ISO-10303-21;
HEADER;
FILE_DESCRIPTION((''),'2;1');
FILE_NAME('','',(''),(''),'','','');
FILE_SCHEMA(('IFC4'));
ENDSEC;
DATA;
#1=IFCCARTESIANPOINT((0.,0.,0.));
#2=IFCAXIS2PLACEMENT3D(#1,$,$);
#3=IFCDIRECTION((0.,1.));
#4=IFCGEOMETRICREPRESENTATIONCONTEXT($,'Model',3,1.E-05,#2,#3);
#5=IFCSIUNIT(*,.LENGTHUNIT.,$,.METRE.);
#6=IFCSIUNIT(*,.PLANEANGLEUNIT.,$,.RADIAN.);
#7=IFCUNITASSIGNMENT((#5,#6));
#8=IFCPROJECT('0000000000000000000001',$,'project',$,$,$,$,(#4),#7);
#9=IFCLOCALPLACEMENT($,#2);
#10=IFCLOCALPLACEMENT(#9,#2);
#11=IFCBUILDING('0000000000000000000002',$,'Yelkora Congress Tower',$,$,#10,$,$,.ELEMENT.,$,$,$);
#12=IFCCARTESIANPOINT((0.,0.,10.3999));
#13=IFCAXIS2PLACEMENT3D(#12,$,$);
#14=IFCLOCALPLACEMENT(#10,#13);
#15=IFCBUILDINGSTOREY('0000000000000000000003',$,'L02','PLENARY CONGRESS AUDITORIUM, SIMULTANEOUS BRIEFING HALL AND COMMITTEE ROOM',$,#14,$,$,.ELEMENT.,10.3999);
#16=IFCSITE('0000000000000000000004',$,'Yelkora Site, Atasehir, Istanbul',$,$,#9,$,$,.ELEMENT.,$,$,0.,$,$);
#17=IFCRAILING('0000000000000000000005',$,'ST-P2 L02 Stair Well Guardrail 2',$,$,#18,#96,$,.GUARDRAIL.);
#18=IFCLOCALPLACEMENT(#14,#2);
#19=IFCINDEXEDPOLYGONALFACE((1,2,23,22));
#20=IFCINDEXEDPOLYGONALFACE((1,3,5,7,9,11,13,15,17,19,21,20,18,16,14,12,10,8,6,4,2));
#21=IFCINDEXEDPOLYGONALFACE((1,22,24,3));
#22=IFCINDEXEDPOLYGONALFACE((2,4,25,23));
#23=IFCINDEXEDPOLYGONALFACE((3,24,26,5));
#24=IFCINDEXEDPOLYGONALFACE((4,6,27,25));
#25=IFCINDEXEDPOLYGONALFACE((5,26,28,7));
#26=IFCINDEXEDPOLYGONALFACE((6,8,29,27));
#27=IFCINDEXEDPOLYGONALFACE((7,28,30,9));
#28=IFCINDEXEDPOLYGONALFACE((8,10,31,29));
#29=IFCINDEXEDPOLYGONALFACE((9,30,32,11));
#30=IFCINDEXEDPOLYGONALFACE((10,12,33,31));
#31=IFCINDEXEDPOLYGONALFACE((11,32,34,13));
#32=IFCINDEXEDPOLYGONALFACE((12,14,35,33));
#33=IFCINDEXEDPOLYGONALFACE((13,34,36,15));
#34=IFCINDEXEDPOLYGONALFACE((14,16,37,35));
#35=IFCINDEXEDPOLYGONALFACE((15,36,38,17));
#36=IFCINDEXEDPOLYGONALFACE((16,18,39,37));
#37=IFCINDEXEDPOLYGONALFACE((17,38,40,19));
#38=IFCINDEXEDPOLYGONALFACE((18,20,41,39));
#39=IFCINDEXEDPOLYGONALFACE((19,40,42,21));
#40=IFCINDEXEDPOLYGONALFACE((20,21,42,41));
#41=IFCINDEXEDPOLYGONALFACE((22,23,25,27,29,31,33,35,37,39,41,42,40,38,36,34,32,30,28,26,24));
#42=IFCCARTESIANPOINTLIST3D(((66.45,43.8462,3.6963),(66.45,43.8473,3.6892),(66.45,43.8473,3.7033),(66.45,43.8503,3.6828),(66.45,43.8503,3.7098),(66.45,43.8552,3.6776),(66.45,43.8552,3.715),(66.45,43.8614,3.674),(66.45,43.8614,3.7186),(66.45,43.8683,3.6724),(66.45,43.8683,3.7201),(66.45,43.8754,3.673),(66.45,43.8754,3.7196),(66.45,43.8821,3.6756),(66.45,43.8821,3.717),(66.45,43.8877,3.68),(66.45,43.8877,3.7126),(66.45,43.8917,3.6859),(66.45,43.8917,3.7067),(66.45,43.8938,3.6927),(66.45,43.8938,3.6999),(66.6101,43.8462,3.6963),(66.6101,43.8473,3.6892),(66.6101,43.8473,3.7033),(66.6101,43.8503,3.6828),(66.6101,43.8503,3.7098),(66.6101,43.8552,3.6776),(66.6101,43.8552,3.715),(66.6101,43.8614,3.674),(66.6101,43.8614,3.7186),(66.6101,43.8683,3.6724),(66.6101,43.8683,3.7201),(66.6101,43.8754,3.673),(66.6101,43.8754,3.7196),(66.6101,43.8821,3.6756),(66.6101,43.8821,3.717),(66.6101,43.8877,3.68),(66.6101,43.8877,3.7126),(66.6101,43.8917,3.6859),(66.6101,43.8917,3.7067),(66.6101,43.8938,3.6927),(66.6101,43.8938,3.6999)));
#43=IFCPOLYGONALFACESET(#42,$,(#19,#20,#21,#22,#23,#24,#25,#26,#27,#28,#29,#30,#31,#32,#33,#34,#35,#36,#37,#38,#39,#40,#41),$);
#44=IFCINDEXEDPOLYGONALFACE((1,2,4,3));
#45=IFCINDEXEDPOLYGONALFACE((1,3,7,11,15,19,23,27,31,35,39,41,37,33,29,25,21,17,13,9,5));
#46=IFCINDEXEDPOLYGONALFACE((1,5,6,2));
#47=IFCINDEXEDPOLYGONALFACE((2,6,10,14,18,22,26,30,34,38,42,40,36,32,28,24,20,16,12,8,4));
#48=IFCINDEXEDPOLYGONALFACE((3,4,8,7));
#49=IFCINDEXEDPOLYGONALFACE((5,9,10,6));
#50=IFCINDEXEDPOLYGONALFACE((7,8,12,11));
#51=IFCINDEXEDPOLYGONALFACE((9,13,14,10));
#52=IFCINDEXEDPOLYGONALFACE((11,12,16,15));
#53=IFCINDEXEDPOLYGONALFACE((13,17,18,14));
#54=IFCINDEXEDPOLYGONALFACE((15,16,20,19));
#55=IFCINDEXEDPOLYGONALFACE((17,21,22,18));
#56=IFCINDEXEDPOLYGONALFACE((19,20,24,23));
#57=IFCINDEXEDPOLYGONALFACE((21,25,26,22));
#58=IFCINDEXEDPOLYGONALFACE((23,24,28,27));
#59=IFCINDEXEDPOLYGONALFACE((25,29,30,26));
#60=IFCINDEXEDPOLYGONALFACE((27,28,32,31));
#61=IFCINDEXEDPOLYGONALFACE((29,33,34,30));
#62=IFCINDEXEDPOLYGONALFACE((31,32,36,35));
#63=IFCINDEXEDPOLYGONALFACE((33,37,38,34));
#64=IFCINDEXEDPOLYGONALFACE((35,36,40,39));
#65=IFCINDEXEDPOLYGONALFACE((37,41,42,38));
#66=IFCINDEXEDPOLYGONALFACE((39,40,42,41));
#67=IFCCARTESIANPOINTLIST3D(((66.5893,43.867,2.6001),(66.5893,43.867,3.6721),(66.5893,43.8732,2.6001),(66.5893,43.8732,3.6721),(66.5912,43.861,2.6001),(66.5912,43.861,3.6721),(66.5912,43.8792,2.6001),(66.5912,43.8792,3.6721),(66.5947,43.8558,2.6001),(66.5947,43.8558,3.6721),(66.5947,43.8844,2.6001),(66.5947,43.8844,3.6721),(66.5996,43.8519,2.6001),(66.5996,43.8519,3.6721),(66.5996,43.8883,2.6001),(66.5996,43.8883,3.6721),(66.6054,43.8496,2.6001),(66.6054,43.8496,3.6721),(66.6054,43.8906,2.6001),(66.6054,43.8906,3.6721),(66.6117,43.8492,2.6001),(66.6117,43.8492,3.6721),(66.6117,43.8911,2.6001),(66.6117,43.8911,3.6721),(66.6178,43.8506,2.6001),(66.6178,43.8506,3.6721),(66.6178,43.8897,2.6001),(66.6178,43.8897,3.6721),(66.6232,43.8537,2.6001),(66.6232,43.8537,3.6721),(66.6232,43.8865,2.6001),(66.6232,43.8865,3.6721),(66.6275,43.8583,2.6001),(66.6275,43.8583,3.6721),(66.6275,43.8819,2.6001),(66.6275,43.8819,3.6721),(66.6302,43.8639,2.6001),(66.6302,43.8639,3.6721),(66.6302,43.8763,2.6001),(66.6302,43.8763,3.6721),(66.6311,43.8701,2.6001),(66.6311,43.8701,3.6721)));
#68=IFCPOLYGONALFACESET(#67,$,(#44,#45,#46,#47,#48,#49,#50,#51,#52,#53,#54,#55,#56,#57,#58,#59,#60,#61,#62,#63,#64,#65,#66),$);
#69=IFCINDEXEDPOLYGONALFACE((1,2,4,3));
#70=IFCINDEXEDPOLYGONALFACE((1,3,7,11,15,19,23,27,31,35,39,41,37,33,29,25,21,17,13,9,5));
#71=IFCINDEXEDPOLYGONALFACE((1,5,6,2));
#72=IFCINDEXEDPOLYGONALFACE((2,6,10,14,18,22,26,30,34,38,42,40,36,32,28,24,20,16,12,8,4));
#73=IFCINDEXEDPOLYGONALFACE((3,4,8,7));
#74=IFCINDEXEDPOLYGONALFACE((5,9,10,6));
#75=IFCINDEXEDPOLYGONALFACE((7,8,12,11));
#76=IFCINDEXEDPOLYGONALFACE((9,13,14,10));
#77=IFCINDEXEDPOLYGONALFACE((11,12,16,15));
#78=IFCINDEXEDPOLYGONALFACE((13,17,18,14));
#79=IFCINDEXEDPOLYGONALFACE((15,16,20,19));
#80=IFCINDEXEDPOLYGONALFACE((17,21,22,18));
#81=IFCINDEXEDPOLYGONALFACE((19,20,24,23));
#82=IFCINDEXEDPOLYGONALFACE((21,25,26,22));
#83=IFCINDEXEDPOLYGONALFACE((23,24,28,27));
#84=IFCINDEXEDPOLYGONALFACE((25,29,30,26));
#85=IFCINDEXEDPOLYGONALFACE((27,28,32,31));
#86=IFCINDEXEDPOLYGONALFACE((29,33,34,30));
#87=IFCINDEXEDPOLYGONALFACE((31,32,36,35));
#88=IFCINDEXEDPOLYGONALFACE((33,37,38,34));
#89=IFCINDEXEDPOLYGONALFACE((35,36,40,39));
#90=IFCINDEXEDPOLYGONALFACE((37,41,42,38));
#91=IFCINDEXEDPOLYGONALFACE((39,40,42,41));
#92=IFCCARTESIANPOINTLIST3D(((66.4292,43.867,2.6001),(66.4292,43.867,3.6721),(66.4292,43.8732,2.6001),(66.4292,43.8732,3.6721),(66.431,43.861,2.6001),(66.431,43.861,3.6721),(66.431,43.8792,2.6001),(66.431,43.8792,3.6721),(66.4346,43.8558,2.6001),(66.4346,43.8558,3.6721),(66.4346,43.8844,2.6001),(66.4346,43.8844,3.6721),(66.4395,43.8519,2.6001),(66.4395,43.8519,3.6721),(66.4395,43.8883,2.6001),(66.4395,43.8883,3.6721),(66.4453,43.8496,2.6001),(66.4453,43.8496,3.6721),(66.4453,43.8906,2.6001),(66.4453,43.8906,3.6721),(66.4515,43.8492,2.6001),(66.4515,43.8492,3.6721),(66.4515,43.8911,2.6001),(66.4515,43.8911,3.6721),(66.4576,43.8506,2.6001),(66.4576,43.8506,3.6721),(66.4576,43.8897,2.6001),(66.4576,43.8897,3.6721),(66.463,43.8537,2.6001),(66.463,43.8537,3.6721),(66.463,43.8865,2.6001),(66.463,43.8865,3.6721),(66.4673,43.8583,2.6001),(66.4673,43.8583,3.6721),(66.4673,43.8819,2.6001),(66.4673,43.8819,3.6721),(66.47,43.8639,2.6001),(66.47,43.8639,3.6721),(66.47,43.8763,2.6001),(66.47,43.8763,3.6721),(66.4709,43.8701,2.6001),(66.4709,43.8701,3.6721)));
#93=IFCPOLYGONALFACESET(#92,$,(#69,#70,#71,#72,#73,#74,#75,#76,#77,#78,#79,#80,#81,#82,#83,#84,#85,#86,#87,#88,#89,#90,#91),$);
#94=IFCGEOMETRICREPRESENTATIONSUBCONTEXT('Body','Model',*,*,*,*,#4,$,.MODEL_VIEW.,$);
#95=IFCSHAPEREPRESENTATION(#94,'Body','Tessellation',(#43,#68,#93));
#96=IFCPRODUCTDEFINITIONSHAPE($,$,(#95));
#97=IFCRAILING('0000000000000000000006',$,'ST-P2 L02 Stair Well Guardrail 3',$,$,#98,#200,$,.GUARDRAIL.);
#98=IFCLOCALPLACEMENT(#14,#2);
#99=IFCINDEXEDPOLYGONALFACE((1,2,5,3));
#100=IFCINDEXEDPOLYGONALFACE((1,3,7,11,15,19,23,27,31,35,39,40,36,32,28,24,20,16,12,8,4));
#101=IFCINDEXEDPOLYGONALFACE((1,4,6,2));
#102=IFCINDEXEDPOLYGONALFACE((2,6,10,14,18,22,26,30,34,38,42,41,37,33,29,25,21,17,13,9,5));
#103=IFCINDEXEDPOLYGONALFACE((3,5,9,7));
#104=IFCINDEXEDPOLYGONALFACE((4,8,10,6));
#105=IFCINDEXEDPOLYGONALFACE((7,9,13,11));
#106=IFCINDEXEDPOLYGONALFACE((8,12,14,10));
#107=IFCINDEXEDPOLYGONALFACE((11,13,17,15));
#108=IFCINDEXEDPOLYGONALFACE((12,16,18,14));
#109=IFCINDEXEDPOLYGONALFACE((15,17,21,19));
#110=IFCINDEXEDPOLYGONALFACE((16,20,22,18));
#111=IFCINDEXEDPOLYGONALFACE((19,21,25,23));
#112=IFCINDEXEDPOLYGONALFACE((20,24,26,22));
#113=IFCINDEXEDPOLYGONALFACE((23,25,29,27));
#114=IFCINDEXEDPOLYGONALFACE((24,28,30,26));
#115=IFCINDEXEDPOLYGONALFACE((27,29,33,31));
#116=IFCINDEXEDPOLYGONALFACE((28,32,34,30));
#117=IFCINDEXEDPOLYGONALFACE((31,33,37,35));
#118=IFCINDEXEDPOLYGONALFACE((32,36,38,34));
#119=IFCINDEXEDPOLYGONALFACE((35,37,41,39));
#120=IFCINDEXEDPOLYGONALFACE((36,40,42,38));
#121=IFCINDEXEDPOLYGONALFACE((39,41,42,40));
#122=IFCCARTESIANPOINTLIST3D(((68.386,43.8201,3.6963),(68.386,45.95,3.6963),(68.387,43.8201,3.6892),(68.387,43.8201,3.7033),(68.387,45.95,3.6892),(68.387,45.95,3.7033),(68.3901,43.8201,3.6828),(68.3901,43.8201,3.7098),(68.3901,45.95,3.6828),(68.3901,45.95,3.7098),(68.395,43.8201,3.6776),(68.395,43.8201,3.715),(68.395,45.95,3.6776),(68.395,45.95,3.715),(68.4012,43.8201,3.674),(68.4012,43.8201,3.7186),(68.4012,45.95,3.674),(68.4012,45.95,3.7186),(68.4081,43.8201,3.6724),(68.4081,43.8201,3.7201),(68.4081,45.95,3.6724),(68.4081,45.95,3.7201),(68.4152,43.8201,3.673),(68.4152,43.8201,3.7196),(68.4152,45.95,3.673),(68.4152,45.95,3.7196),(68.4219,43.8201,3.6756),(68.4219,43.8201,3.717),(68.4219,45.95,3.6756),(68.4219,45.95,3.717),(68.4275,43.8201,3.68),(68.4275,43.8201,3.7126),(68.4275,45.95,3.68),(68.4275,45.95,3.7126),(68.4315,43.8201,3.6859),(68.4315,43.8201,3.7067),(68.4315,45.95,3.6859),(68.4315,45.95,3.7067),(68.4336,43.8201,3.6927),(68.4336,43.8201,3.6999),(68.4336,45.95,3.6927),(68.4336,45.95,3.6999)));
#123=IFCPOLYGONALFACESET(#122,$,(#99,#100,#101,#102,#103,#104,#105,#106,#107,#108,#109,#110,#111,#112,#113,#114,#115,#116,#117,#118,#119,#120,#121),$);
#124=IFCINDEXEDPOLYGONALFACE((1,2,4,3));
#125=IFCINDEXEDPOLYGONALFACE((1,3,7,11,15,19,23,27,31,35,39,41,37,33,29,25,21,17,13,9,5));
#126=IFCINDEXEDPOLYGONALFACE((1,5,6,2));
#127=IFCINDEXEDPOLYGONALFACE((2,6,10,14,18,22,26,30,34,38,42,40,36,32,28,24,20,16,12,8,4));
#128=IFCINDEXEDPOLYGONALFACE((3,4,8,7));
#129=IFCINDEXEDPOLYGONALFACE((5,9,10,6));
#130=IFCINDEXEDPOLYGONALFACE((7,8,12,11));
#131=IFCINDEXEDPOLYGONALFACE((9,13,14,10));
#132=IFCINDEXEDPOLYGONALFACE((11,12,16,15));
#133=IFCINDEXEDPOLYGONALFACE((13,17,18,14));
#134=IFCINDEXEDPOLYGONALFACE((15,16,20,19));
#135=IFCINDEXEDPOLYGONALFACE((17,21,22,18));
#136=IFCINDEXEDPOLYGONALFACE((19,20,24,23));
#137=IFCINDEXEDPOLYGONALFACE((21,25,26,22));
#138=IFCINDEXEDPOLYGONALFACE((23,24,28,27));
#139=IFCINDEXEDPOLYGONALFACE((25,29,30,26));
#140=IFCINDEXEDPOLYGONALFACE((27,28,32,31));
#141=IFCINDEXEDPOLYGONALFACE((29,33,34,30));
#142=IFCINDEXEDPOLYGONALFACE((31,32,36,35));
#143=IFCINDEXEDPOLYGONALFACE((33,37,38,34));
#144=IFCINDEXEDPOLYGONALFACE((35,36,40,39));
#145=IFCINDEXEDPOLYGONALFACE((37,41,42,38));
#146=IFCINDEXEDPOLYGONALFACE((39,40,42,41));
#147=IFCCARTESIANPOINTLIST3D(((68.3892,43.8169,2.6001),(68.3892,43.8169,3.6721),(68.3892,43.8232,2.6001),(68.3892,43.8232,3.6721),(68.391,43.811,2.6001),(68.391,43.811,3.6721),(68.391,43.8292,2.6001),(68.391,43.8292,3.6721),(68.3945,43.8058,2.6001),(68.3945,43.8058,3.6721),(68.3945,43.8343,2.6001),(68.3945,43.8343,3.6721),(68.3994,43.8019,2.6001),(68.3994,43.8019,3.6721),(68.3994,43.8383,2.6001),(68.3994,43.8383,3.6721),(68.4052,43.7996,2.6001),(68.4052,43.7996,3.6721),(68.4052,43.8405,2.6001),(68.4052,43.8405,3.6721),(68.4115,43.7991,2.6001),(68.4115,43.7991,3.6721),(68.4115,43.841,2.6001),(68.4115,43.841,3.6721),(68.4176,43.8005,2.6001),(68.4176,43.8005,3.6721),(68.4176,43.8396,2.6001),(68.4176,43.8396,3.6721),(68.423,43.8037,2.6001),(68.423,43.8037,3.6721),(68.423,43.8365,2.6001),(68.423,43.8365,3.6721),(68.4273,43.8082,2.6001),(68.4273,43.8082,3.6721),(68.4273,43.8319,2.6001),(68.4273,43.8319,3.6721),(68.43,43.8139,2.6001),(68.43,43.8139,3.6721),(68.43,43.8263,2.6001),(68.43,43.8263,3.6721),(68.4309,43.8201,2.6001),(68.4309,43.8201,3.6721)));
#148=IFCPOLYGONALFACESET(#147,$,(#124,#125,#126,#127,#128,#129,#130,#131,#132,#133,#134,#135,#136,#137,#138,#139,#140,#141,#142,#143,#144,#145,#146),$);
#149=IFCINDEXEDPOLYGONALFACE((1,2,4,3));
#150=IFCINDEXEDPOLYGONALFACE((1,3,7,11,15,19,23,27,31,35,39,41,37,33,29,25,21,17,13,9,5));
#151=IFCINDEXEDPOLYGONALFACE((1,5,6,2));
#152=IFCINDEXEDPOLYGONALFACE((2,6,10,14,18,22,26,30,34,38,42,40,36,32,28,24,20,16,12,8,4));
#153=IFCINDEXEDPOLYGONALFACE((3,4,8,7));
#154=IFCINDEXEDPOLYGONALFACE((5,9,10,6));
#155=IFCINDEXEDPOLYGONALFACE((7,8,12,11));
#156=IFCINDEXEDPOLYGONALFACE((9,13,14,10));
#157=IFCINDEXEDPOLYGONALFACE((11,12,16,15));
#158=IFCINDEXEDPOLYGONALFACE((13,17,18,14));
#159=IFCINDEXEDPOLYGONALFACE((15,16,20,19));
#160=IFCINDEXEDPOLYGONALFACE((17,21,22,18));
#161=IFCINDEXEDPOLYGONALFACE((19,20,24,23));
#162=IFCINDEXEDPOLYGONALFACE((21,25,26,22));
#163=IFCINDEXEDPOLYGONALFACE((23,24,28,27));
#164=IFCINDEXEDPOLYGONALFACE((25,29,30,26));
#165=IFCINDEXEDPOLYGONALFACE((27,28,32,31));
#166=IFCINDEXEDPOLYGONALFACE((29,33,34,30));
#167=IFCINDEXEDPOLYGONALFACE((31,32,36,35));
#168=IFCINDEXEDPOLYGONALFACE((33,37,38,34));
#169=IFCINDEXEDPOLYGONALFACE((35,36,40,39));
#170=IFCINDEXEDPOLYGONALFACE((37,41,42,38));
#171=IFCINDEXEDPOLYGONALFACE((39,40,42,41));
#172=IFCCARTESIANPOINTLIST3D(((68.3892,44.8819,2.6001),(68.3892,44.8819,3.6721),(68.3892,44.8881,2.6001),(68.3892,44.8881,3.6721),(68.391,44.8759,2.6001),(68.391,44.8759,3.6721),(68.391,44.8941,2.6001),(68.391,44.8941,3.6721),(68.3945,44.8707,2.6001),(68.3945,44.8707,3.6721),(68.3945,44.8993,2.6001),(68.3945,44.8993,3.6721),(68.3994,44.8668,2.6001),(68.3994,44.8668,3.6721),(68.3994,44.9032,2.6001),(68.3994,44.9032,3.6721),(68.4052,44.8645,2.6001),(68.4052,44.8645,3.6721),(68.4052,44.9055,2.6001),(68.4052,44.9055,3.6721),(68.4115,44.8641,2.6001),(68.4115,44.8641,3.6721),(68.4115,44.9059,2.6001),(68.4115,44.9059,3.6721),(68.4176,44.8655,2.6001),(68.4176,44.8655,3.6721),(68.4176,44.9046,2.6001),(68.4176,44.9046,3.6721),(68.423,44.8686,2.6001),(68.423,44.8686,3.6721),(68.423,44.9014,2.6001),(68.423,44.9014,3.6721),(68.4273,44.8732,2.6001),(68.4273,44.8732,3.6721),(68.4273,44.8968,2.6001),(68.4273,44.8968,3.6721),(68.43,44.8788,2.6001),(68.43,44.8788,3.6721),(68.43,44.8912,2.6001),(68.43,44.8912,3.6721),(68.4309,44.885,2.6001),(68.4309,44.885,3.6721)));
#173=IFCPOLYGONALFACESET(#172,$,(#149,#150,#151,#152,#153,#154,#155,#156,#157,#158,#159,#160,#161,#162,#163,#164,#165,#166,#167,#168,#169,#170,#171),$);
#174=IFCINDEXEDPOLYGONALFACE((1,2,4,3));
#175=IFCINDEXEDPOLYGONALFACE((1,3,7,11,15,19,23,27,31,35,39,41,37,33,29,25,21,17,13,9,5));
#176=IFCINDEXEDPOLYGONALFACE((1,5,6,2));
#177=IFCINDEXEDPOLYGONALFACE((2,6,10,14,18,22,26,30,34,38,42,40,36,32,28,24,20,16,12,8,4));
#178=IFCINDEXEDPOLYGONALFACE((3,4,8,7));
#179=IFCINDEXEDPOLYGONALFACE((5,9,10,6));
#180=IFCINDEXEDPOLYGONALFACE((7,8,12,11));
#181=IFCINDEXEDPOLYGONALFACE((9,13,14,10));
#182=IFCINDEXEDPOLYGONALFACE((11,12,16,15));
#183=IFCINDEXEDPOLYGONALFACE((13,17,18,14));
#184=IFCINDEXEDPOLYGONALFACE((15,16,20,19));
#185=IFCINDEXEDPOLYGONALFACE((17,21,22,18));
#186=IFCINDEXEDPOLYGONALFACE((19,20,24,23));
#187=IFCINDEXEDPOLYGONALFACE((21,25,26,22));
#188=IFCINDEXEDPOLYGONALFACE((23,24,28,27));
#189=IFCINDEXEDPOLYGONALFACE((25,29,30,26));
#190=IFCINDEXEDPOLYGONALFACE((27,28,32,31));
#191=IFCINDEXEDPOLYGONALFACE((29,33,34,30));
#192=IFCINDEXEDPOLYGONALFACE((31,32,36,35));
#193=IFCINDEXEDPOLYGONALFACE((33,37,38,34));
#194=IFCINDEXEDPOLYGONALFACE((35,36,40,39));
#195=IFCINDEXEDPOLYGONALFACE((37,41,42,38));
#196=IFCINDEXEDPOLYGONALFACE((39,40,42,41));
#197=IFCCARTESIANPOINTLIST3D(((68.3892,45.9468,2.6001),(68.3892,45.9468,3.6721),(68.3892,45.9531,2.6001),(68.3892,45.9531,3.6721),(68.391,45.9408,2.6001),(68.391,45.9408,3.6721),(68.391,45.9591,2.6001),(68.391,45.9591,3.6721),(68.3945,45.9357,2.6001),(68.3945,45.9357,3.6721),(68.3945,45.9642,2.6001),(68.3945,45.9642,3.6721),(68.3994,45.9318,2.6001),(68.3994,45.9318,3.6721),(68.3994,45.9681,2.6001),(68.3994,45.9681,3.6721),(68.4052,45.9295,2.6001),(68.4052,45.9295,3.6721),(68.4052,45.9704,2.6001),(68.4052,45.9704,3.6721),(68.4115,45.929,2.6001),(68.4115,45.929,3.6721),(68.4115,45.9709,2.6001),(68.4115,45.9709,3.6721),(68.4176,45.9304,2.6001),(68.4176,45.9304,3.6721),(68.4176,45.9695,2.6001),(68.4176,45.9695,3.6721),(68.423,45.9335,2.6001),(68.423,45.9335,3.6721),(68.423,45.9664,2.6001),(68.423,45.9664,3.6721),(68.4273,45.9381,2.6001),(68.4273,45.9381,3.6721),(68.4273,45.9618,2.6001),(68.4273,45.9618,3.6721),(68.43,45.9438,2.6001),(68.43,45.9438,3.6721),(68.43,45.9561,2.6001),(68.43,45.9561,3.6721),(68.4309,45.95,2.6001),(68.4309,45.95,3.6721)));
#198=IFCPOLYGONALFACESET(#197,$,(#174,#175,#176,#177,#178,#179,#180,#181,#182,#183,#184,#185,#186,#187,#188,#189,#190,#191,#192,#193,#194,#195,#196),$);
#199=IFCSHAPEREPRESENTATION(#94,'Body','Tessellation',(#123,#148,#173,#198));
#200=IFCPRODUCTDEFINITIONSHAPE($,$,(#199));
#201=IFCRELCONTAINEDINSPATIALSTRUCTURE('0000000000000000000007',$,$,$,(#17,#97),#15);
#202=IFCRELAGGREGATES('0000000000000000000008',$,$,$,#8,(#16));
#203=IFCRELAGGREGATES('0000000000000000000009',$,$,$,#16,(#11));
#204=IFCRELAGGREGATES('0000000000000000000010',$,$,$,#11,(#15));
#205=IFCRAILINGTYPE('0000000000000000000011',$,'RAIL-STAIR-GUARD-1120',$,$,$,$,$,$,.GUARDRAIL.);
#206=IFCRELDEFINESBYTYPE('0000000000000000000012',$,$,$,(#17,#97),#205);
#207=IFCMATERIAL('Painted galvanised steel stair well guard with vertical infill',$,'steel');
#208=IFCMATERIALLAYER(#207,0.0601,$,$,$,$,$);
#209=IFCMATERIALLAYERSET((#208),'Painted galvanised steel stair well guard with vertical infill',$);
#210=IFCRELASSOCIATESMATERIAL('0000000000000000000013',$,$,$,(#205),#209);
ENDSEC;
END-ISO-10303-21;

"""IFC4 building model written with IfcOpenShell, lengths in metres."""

from ifc_helpers import new_model, si_unit, direction, frame, origin, origin_2d, place, context, subcontext, project, spatial, circle, extrude, material, layer, layer_set, type_object, element, save


model = new_model("IFC4")

# Units and contexts
model_context = context("Model", 3, precision=1e-05, world=origin(), true_north=direction((0.0, 1.0)))
body_context = subcontext(model_context, "Body", "Model", "MODEL_VIEW")
ifc_project = project(units=[si_unit("LENGTHUNIT", "METRE"), si_unit("PLANEANGLEUNIT", "RADIAN")], contexts=[model_context])

# Site, building, storey
site_placement = place(None, origin())
site = spatial("IfcSite", under=ifc_project, at=site_placement, Name="Yelkora Site, Atasehir, Istanbul", CompositionType="ELEMENT", RefElevation=0.0)
building_placement = place(site_placement, origin())
building = spatial("IfcBuilding", under=site, at=building_placement, Name="Yelkora Congress Tower", CompositionType="ELEMENT")
storey_placement = place(building_placement, frame((0.0, 0.0, 10.3999)))
storey = spatial("IfcBuildingStorey", under=building, at=storey_placement, Name="L02", Description="PLENARY CONGRESS AUDITORIUM, SIMULTANEOUS BRIEFING HALL AND COMMITTEE ROOM", CompositionType="ELEMENT", Elevation=10.3999)

# Railings
ifc_material_1 = material(Name="Painted galvanised steel stair well guard with vertical infill", Category="steel")
ifc_layer_1 = layer(ifc_material_1, 0.0601)
ifc_layer_set_1 = layer_set([ifc_layer_1], Name="Painted galvanised steel stair well guard with vertical infill")
railing_type_1 = type_object("IfcRailingType", Name="RAIL-STAIR-GUARD-1120", PredefinedType="GUARDRAIL", material=ifc_layer_set_1)
railing_1_placement = place(storey_placement, frame((66.6101, 43.8701, 2.6001)))
element("IfcRailing", 1, at=railing_1_placement, inside=storey, type_object=railing_type_1, Name="ST-P2 L02 Stair Well Guardrail 2", PredefinedType="GUARDRAIL", context=body_context, shape_type="SweptSolid", body=[
    extrude(circle(Radius=0.0239, at=origin_2d()), frame((0.0, 0.0, 1.0962), z_axis=(-1.0, 0.0, 0.0), x_axis=(0.0, -1.0, 0.0)), (0.0, 0.0, 1.0), 0.1602),
    extrude(circle(Radius=0.021, at=origin_2d()), origin(), (0.0, 0.0, 1.0), 1.072),
    extrude(circle(Radius=0.021, at=origin_2d()), frame((-0.1602, 0.0, 0.0)), (0.0, 0.0, 1.0), 1.072),
])
railing_2_placement = place(storey_placement, frame((68.4099, 43.8201, 2.6001)))
element("IfcRailing", 2, at=railing_2_placement, inside=storey, type_object=railing_type_1, Name="ST-P2 L02 Stair Well Guardrail 3", PredefinedType="GUARDRAIL", context=body_context, shape_type="SweptSolid", body=[
    extrude(circle(Radius=0.0239, at=origin_2d()), frame((0.0, 0.0, 1.0962), z_axis=(0.0, 1.0, 0.0), x_axis=(-1.0, 0.0, 0.0)), (0.0, 0.0, 1.0), 2.1299),
    extrude(circle(Radius=0.021, at=origin_2d()), origin(), (0.0, 0.0, 1.0), 1.072),
    extrude(circle(Radius=0.021, at=origin_2d()), frame((0.0, 1.0649, 0.0)), (0.0, 0.0, 1.0), 1.072),
    extrude(circle(Radius=0.021, at=origin_2d()), frame((0.0, 2.1299, 0.0)), (0.0, 0.0, 1.0), 1.072),
])

save(model, "model.ifc")
